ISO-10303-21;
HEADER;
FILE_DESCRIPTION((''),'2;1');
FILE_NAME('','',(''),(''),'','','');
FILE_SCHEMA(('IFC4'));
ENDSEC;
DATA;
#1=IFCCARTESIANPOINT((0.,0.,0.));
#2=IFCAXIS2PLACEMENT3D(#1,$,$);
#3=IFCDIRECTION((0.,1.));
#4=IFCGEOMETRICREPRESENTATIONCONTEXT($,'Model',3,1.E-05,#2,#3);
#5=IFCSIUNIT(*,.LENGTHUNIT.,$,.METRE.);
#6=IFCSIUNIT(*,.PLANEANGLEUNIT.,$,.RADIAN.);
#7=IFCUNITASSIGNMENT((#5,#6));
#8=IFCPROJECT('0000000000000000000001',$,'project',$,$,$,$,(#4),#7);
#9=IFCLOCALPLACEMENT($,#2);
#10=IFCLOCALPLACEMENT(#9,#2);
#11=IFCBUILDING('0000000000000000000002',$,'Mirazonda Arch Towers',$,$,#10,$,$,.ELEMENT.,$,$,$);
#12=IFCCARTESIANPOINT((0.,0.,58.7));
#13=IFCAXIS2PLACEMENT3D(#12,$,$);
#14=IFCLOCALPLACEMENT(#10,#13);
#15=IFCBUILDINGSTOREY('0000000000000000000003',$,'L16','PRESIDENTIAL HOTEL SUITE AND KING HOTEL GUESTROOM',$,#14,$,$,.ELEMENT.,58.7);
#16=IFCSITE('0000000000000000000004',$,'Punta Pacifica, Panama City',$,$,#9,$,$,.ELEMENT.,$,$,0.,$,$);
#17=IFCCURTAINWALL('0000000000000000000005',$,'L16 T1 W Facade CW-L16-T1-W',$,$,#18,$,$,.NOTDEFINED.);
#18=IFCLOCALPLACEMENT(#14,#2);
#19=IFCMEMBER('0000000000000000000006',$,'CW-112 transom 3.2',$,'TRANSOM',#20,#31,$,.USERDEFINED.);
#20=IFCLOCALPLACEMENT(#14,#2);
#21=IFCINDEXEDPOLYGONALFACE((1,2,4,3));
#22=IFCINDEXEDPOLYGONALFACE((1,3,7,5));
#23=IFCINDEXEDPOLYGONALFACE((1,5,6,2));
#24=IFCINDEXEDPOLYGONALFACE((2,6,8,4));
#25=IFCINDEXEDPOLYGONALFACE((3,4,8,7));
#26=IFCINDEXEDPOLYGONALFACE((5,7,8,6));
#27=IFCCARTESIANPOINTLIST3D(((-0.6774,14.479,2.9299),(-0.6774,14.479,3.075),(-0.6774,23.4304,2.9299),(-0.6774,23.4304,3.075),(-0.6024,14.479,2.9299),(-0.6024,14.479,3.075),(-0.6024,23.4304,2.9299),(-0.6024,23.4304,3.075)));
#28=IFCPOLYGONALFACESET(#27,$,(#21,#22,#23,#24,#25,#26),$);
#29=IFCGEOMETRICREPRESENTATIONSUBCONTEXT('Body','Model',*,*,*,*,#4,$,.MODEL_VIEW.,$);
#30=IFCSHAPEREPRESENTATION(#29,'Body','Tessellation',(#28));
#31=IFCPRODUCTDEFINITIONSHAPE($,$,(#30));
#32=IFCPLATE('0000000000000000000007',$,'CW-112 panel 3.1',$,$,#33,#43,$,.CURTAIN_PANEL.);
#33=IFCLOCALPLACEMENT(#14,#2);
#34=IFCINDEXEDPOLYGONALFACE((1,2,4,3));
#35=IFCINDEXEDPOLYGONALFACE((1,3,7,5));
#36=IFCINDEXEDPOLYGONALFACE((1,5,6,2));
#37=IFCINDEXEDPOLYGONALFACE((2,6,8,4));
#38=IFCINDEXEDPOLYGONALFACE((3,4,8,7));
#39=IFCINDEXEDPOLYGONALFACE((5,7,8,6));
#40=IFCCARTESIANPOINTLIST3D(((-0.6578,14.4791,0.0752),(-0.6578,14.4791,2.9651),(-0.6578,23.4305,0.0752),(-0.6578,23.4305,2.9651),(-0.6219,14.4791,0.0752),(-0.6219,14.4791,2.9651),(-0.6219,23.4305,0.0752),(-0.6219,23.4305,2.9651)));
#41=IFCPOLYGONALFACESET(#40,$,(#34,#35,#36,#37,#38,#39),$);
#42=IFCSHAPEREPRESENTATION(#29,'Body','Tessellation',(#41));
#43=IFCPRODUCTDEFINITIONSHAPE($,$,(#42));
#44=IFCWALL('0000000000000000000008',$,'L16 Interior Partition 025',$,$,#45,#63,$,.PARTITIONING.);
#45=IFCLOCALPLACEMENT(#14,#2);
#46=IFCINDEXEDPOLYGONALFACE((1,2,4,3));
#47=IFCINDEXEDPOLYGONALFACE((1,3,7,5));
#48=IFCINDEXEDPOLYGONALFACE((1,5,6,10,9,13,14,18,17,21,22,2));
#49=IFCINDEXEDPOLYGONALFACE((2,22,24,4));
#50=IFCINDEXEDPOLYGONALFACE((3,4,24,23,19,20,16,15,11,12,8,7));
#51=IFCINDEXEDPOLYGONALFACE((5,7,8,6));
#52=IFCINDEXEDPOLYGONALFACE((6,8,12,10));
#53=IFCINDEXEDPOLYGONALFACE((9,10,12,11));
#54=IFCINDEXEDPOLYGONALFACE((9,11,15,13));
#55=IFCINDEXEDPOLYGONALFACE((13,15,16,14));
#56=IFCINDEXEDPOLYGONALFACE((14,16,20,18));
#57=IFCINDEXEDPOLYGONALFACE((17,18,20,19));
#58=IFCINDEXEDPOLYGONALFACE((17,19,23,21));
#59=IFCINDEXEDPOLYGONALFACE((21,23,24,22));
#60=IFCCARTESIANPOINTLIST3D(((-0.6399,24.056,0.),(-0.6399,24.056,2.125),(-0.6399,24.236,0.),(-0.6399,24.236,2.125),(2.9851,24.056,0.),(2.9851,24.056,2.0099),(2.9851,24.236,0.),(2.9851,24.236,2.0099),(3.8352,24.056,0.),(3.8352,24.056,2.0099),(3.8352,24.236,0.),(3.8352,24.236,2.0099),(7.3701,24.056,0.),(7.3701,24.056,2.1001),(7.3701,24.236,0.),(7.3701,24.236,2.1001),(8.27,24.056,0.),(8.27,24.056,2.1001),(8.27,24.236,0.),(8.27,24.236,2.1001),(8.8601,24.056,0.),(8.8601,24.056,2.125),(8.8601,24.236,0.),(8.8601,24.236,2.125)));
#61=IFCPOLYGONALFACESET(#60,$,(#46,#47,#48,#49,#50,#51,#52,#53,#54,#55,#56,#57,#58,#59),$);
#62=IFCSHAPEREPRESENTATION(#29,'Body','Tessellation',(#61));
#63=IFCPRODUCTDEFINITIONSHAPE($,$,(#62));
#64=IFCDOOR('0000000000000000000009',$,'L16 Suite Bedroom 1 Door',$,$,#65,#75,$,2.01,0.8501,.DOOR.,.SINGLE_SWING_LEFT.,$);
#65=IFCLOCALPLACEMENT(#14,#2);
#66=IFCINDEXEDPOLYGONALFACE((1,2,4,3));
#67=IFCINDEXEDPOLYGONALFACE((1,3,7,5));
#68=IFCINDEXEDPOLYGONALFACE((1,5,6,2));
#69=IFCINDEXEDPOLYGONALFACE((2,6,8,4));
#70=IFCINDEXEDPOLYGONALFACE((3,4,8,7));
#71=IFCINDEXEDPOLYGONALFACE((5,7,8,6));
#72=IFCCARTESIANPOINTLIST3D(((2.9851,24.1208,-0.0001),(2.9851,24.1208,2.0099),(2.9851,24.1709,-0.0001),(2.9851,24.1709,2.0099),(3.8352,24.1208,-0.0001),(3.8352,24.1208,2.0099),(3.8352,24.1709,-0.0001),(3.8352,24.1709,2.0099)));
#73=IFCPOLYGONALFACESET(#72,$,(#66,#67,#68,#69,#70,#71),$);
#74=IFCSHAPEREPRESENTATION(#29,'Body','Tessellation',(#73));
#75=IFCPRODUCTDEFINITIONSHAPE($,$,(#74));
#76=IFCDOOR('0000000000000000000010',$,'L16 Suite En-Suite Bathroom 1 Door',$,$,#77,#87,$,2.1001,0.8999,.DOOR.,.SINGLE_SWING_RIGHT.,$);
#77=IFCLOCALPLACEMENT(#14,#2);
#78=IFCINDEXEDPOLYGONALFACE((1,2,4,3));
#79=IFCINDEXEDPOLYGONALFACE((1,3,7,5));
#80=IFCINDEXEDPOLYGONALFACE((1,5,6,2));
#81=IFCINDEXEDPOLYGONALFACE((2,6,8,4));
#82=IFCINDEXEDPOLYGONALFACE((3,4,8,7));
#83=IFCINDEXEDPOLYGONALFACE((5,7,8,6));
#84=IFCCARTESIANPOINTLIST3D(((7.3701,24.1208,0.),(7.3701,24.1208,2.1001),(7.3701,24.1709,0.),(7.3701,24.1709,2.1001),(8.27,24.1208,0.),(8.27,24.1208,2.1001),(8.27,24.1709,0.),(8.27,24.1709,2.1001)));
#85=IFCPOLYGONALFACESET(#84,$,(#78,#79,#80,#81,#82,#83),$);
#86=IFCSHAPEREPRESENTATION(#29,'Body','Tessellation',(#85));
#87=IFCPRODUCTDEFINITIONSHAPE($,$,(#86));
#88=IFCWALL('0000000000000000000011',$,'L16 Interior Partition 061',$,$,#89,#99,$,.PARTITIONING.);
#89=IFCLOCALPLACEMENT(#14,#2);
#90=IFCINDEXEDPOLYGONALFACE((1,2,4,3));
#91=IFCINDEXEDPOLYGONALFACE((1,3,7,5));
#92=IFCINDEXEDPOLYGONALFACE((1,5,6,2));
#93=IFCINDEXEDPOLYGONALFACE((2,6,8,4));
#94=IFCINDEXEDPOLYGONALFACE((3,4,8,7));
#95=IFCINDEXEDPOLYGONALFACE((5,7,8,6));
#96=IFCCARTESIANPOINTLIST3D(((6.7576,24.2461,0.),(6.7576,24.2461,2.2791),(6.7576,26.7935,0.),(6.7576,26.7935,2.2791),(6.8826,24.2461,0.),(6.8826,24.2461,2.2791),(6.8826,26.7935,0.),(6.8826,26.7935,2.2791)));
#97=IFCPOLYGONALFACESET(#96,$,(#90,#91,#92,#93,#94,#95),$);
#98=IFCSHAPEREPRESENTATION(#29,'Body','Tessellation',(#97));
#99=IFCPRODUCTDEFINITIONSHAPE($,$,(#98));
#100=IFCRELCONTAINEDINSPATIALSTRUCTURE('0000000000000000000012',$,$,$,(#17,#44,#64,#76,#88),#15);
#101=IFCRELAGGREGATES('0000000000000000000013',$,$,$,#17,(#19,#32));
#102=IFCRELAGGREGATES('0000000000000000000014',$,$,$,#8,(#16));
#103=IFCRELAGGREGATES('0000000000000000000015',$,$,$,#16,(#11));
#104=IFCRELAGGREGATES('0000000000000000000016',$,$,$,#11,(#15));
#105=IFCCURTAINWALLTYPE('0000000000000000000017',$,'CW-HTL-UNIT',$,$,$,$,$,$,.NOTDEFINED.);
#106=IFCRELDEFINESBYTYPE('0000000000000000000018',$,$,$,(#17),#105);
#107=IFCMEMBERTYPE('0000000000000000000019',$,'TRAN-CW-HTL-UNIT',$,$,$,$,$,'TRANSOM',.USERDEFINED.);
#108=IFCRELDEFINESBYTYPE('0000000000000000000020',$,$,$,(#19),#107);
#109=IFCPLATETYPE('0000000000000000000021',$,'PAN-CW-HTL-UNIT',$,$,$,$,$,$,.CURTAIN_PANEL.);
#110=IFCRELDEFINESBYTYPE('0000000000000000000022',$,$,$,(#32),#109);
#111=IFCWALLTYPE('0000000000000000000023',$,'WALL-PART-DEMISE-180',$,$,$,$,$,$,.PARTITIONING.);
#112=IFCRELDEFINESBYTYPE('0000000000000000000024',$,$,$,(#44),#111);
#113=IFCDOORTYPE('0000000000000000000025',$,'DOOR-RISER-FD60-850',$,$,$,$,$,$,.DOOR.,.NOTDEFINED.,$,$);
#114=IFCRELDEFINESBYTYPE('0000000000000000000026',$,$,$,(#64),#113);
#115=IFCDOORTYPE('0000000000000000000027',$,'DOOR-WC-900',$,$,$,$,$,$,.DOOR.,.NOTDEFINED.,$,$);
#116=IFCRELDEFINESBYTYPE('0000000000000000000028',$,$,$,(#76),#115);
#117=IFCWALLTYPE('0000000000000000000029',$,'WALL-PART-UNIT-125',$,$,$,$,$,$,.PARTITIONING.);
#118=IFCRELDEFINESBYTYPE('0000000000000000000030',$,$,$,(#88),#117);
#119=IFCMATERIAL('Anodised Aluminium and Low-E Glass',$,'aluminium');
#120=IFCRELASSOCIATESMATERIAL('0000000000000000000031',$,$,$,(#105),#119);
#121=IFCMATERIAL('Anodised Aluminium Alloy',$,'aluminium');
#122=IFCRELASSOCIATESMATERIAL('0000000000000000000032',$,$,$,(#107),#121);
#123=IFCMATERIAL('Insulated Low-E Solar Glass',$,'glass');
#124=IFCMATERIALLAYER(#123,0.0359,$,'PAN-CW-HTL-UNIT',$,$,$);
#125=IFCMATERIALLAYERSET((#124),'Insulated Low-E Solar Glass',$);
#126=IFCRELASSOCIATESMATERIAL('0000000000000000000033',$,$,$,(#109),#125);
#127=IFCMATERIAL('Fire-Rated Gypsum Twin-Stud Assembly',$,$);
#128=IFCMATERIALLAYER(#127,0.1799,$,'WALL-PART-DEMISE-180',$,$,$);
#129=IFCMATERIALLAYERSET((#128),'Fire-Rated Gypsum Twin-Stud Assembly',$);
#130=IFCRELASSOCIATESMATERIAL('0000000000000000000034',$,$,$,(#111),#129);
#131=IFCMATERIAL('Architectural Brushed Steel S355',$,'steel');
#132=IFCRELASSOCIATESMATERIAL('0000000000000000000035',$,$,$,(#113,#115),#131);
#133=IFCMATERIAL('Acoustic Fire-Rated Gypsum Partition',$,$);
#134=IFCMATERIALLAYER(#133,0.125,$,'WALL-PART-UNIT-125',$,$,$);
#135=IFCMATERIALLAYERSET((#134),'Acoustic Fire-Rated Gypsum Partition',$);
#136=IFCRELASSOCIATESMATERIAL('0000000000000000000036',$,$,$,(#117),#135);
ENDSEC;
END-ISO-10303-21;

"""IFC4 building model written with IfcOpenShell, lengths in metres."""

from ifc_helpers import new_model, si_unit, direction, frame, frame_2d, origin, origin_2d, place, context, subcontext, project, spatial, rectangle, extrude, material, layer, layer_set, material_profile, profile_set, type_object, element, fill, aggregate, save


model = new_model("IFC4")

# Units and contexts
model_context = context("Model", 3, precision=1e-05, world=origin(), true_north=direction((0.0, 1.0)))
body_context = subcontext(model_context, "Body", "Model", "MODEL_VIEW")
ifc_project = project(units=[si_unit("LENGTHUNIT", "METRE"), si_unit("PLANEANGLEUNIT", "RADIAN")], contexts=[model_context])

# Site, building, storey
site_placement = place(None, origin())
site = spatial("IfcSite", under=ifc_project, at=site_placement, Name="Punta Pacifica, Panama City", CompositionType="ELEMENT", RefElevation=0.0)
building_placement = place(site_placement, origin())
building = spatial("IfcBuilding", under=site, at=building_placement, Name="Mirazonda Arch Towers", CompositionType="ELEMENT")
storey_placement = place(building_placement, frame((0.0, 0.0, 58.7)))
storey = spatial("IfcBuildingStorey", under=building, at=storey_placement, Name="L16", Description="PRESIDENTIAL HOTEL SUITE AND KING HOTEL GUESTROOM", CompositionType="ELEMENT", Elevation=58.7)

# Curtain wall, member, plate
ifc_material_1 = material(Name="Anodised Aluminium and Low-E Glass", Category="aluminium")
curtain_wall_type = type_object("IfcCurtainWallType", Name="CW-HTL-UNIT", PredefinedType="NOTDEFINED", material=ifc_material_1)
curtain_wall_placement = place(storey_placement, origin())
curtain_wall = element("IfcCurtainWall", 1, at=curtain_wall_placement, inside=storey, type_object=curtain_wall_type, Name="L16 T1 W Facade CW-L16-T1-W", PredefinedType="NOTDEFINED")
ifc_material_2 = material(Name="Anodised Aluminium Alloy", Category="aluminium")
ifc_material_profile_1 = material_profile(ifc_material_2, rectangle(XDim=0.075, YDim=0.145, at=origin_2d()), Name="ALU-TRAN-75x145")
ifc_profile_set_1 = profile_set([ifc_material_profile_1], Name="Anodised Aluminium Alloy")
member_type_1 = type_object("IfcMemberType", Name="TRAN-CW-HTL-UNIT", ElementType="TRANSOM", PredefinedType="USERDEFINED", material=ifc_profile_set_1)
member_1_placement = place(storey_placement, frame((-0.6399, 23.4304, 3.0024), z_axis=(0.0, -1.0, 0.0), x_axis=(1.0, 0.0, 0.0)))
member_1 = element("IfcMember", 2, at=member_1_placement, type_object=member_type_1, Name="CW-112 transom 3.2", ObjectType="TRANSOM", PredefinedType="USERDEFINED", context=body_context, shape_type="SweptSolid", body=[
    extrude(rectangle(XDim=0.075, YDim=0.145, at=origin_2d()), origin(), (0.0, 0.0, 1.0), 8.9514),
])
ifc_material_3 = material(Name="Insulated Low-E Solar Glass", Category="glass")
ifc_layer_1 = layer(ifc_material_3, 0.0359, Name="PAN-CW-HTL-UNIT")
ifc_layer_set_1 = layer_set([ifc_layer_1], Name="Insulated Low-E Solar Glass")
plate_type = type_object("IfcPlateType", Name="PAN-CW-HTL-UNIT", PredefinedType="CURTAIN_PANEL", material=ifc_layer_set_1)
plate_placement = place(storey_placement, frame((-0.6399, 18.9548, 0.0752), z_axis=(0.0, 0.0, 1.0), x_axis=(0.0, -1.0, 0.0)))
plate = element("IfcPlate", 3, at=plate_placement, type_object=plate_type, Name="CW-112 panel 3.1", PredefinedType="CURTAIN_PANEL", context=body_context, shape_type="SweptSolid", body=[
    extrude(rectangle(XDim=8.9514, YDim=0.0359, at=origin_2d()), origin(), (0.0, 0.0, 1.0), 2.8899),
])
aggregate(curtain_wall, [member_1, plate])

# Wall, openings, doors
ifc_material_4 = material(Name="Fire-Rated Gypsum Twin-Stud Assembly")
ifc_layer_2 = layer(ifc_material_4, 0.1799, Name="WALL-PART-DEMISE-180")
ifc_layer_set_2 = layer_set([ifc_layer_2], Name="Fire-Rated Gypsum Twin-Stud Assembly")
wall_type_1 = type_object("IfcWallType", Name="WALL-PART-DEMISE-180", PredefinedType="PARTITIONING", material=ifc_layer_set_2)
wall_1_placement = place(storey_placement, frame((-0.6399, 24.146, 0.0), z_axis=(0.0, 0.0, 1.0), x_axis=(1.0, 0.0, 0.0)))
wall_1 = element("IfcWall", 4, at=wall_1_placement, inside=storey, type_object=wall_type_1, Name="L16 Interior Partition 025", PredefinedType="PARTITIONING", context=body_context, shape_type="SweptSolid", body=[
    extrude(rectangle(XDim=9.5, YDim=0.1799, at=frame_2d((4.75, 0.0))), origin(), (0.0, 0.0, 1.0), 2.125),
])
opening_1_placement = place(wall_1_placement, frame((3.625, 0.0, 0.0)))
opening_1 = element("IfcOpeningElement", 5, at=opening_1_placement, cuts=wall_1, PredefinedType="OPENING", context=body_context, shape_type="SweptSolid", body=[
    extrude(rectangle(XDim=0.8501, YDim=2.01, at=frame_2d((0.425, 1.0049))), frame((0.0, 0.0999, 0.0), z_axis=(0.0, -1.0, 0.0), x_axis=(1.0, 0.0, 0.0)), (0.0, 0.0, 1.0), 0.2),
])
opening_2_placement = place(wall_1_placement, frame((8.01, 0.0, 0.0)))
opening_2 = element("IfcOpeningElement", 6, at=opening_2_placement, cuts=wall_1, PredefinedType="OPENING", context=body_context, shape_type="SweptSolid", body=[
    extrude(rectangle(XDim=0.8999, YDim=2.1001, at=frame_2d((0.45, 1.05))), frame((0.0, 0.0999, 0.0), z_axis=(0.0, -1.0, 0.0), x_axis=(1.0, 0.0, 0.0)), (0.0, 0.0, 1.0), 0.2),
])
ifc_material_5 = material(Name="Architectural Brushed Steel S355", Category="steel")
door_type_1 = type_object("IfcDoorType", Name="DOOR-RISER-FD60-850", OperationType="NOTDEFINED", PredefinedType="DOOR", material=ifc_material_5)
door_1_placement = place(opening_1_placement, origin())
door_1 = element("IfcDoor", 7, at=door_1_placement, inside=storey, type_object=door_type_1, Name="L16 Suite Bedroom 1 Door", OperationType="SINGLE_SWING_LEFT", OverallHeight=2.01, OverallWidth=0.8501, PredefinedType="DOOR", context=body_context, shape_type="SweptSolid", body=[
    extrude(rectangle(XDim=0.8501, YDim=2.01, at=frame_2d((0.425, 1.0049))), frame((0.0, 0.0249, 0.0), z_axis=(0.0, -1.0, 0.0), x_axis=(1.0, 0.0, 0.0)), (0.0, 0.0, 1.0), 0.05),
])
fill(opening_1, door_1)
door_type_2 = type_object("IfcDoorType", Name="DOOR-WC-900", OperationType="NOTDEFINED", PredefinedType="DOOR", material=ifc_material_5)
door_2_placement = place(opening_2_placement, origin())
door_2 = element("IfcDoor", 8, at=door_2_placement, inside=storey, type_object=door_type_2, Name="L16 Suite En-Suite Bathroom 1 Door", OperationType="SINGLE_SWING_RIGHT", OverallHeight=2.1001, OverallWidth=0.8999, PredefinedType="DOOR", context=body_context, shape_type="SweptSolid", body=[
    extrude(rectangle(XDim=0.8999, YDim=2.1001, at=frame_2d((0.45, 1.05))), frame((0.0, 0.0249, 0.0), z_axis=(0.0, -1.0, 0.0), x_axis=(1.0, 0.0, 0.0)), (0.0, 0.0, 1.0), 0.05),
])
fill(opening_2, door_2)

# Wall
ifc_material_6 = material(Name="Acoustic Fire-Rated Gypsum Partition")
ifc_layer_3 = layer(ifc_material_6, 0.125, Name="WALL-PART-UNIT-125")
ifc_layer_set_3 = layer_set([ifc_layer_3], Name="Acoustic Fire-Rated Gypsum Partition")
wall_type_2 = type_object("IfcWallType", Name="WALL-PART-UNIT-125", PredefinedType="PARTITIONING", material=ifc_layer_set_3)
wall_2_placement = place(storey_placement, frame((6.8201, 24.2461, 0.0), z_axis=(0.0, 0.0, 1.0), x_axis=(0.0, 1.0, 0.0)))
element("IfcWall", 9, at=wall_2_placement, inside=storey, type_object=wall_type_2, Name="L16 Interior Partition 061", PredefinedType="PARTITIONING", context=body_context, shape_type="SweptSolid", body=[
    extrude(rectangle(XDim=2.5474, YDim=0.125, at=frame_2d((1.2737, 0.0))), origin(), (0.0, 0.0, 1.0), 2.2791),
])

save(model, "model.ifc")
